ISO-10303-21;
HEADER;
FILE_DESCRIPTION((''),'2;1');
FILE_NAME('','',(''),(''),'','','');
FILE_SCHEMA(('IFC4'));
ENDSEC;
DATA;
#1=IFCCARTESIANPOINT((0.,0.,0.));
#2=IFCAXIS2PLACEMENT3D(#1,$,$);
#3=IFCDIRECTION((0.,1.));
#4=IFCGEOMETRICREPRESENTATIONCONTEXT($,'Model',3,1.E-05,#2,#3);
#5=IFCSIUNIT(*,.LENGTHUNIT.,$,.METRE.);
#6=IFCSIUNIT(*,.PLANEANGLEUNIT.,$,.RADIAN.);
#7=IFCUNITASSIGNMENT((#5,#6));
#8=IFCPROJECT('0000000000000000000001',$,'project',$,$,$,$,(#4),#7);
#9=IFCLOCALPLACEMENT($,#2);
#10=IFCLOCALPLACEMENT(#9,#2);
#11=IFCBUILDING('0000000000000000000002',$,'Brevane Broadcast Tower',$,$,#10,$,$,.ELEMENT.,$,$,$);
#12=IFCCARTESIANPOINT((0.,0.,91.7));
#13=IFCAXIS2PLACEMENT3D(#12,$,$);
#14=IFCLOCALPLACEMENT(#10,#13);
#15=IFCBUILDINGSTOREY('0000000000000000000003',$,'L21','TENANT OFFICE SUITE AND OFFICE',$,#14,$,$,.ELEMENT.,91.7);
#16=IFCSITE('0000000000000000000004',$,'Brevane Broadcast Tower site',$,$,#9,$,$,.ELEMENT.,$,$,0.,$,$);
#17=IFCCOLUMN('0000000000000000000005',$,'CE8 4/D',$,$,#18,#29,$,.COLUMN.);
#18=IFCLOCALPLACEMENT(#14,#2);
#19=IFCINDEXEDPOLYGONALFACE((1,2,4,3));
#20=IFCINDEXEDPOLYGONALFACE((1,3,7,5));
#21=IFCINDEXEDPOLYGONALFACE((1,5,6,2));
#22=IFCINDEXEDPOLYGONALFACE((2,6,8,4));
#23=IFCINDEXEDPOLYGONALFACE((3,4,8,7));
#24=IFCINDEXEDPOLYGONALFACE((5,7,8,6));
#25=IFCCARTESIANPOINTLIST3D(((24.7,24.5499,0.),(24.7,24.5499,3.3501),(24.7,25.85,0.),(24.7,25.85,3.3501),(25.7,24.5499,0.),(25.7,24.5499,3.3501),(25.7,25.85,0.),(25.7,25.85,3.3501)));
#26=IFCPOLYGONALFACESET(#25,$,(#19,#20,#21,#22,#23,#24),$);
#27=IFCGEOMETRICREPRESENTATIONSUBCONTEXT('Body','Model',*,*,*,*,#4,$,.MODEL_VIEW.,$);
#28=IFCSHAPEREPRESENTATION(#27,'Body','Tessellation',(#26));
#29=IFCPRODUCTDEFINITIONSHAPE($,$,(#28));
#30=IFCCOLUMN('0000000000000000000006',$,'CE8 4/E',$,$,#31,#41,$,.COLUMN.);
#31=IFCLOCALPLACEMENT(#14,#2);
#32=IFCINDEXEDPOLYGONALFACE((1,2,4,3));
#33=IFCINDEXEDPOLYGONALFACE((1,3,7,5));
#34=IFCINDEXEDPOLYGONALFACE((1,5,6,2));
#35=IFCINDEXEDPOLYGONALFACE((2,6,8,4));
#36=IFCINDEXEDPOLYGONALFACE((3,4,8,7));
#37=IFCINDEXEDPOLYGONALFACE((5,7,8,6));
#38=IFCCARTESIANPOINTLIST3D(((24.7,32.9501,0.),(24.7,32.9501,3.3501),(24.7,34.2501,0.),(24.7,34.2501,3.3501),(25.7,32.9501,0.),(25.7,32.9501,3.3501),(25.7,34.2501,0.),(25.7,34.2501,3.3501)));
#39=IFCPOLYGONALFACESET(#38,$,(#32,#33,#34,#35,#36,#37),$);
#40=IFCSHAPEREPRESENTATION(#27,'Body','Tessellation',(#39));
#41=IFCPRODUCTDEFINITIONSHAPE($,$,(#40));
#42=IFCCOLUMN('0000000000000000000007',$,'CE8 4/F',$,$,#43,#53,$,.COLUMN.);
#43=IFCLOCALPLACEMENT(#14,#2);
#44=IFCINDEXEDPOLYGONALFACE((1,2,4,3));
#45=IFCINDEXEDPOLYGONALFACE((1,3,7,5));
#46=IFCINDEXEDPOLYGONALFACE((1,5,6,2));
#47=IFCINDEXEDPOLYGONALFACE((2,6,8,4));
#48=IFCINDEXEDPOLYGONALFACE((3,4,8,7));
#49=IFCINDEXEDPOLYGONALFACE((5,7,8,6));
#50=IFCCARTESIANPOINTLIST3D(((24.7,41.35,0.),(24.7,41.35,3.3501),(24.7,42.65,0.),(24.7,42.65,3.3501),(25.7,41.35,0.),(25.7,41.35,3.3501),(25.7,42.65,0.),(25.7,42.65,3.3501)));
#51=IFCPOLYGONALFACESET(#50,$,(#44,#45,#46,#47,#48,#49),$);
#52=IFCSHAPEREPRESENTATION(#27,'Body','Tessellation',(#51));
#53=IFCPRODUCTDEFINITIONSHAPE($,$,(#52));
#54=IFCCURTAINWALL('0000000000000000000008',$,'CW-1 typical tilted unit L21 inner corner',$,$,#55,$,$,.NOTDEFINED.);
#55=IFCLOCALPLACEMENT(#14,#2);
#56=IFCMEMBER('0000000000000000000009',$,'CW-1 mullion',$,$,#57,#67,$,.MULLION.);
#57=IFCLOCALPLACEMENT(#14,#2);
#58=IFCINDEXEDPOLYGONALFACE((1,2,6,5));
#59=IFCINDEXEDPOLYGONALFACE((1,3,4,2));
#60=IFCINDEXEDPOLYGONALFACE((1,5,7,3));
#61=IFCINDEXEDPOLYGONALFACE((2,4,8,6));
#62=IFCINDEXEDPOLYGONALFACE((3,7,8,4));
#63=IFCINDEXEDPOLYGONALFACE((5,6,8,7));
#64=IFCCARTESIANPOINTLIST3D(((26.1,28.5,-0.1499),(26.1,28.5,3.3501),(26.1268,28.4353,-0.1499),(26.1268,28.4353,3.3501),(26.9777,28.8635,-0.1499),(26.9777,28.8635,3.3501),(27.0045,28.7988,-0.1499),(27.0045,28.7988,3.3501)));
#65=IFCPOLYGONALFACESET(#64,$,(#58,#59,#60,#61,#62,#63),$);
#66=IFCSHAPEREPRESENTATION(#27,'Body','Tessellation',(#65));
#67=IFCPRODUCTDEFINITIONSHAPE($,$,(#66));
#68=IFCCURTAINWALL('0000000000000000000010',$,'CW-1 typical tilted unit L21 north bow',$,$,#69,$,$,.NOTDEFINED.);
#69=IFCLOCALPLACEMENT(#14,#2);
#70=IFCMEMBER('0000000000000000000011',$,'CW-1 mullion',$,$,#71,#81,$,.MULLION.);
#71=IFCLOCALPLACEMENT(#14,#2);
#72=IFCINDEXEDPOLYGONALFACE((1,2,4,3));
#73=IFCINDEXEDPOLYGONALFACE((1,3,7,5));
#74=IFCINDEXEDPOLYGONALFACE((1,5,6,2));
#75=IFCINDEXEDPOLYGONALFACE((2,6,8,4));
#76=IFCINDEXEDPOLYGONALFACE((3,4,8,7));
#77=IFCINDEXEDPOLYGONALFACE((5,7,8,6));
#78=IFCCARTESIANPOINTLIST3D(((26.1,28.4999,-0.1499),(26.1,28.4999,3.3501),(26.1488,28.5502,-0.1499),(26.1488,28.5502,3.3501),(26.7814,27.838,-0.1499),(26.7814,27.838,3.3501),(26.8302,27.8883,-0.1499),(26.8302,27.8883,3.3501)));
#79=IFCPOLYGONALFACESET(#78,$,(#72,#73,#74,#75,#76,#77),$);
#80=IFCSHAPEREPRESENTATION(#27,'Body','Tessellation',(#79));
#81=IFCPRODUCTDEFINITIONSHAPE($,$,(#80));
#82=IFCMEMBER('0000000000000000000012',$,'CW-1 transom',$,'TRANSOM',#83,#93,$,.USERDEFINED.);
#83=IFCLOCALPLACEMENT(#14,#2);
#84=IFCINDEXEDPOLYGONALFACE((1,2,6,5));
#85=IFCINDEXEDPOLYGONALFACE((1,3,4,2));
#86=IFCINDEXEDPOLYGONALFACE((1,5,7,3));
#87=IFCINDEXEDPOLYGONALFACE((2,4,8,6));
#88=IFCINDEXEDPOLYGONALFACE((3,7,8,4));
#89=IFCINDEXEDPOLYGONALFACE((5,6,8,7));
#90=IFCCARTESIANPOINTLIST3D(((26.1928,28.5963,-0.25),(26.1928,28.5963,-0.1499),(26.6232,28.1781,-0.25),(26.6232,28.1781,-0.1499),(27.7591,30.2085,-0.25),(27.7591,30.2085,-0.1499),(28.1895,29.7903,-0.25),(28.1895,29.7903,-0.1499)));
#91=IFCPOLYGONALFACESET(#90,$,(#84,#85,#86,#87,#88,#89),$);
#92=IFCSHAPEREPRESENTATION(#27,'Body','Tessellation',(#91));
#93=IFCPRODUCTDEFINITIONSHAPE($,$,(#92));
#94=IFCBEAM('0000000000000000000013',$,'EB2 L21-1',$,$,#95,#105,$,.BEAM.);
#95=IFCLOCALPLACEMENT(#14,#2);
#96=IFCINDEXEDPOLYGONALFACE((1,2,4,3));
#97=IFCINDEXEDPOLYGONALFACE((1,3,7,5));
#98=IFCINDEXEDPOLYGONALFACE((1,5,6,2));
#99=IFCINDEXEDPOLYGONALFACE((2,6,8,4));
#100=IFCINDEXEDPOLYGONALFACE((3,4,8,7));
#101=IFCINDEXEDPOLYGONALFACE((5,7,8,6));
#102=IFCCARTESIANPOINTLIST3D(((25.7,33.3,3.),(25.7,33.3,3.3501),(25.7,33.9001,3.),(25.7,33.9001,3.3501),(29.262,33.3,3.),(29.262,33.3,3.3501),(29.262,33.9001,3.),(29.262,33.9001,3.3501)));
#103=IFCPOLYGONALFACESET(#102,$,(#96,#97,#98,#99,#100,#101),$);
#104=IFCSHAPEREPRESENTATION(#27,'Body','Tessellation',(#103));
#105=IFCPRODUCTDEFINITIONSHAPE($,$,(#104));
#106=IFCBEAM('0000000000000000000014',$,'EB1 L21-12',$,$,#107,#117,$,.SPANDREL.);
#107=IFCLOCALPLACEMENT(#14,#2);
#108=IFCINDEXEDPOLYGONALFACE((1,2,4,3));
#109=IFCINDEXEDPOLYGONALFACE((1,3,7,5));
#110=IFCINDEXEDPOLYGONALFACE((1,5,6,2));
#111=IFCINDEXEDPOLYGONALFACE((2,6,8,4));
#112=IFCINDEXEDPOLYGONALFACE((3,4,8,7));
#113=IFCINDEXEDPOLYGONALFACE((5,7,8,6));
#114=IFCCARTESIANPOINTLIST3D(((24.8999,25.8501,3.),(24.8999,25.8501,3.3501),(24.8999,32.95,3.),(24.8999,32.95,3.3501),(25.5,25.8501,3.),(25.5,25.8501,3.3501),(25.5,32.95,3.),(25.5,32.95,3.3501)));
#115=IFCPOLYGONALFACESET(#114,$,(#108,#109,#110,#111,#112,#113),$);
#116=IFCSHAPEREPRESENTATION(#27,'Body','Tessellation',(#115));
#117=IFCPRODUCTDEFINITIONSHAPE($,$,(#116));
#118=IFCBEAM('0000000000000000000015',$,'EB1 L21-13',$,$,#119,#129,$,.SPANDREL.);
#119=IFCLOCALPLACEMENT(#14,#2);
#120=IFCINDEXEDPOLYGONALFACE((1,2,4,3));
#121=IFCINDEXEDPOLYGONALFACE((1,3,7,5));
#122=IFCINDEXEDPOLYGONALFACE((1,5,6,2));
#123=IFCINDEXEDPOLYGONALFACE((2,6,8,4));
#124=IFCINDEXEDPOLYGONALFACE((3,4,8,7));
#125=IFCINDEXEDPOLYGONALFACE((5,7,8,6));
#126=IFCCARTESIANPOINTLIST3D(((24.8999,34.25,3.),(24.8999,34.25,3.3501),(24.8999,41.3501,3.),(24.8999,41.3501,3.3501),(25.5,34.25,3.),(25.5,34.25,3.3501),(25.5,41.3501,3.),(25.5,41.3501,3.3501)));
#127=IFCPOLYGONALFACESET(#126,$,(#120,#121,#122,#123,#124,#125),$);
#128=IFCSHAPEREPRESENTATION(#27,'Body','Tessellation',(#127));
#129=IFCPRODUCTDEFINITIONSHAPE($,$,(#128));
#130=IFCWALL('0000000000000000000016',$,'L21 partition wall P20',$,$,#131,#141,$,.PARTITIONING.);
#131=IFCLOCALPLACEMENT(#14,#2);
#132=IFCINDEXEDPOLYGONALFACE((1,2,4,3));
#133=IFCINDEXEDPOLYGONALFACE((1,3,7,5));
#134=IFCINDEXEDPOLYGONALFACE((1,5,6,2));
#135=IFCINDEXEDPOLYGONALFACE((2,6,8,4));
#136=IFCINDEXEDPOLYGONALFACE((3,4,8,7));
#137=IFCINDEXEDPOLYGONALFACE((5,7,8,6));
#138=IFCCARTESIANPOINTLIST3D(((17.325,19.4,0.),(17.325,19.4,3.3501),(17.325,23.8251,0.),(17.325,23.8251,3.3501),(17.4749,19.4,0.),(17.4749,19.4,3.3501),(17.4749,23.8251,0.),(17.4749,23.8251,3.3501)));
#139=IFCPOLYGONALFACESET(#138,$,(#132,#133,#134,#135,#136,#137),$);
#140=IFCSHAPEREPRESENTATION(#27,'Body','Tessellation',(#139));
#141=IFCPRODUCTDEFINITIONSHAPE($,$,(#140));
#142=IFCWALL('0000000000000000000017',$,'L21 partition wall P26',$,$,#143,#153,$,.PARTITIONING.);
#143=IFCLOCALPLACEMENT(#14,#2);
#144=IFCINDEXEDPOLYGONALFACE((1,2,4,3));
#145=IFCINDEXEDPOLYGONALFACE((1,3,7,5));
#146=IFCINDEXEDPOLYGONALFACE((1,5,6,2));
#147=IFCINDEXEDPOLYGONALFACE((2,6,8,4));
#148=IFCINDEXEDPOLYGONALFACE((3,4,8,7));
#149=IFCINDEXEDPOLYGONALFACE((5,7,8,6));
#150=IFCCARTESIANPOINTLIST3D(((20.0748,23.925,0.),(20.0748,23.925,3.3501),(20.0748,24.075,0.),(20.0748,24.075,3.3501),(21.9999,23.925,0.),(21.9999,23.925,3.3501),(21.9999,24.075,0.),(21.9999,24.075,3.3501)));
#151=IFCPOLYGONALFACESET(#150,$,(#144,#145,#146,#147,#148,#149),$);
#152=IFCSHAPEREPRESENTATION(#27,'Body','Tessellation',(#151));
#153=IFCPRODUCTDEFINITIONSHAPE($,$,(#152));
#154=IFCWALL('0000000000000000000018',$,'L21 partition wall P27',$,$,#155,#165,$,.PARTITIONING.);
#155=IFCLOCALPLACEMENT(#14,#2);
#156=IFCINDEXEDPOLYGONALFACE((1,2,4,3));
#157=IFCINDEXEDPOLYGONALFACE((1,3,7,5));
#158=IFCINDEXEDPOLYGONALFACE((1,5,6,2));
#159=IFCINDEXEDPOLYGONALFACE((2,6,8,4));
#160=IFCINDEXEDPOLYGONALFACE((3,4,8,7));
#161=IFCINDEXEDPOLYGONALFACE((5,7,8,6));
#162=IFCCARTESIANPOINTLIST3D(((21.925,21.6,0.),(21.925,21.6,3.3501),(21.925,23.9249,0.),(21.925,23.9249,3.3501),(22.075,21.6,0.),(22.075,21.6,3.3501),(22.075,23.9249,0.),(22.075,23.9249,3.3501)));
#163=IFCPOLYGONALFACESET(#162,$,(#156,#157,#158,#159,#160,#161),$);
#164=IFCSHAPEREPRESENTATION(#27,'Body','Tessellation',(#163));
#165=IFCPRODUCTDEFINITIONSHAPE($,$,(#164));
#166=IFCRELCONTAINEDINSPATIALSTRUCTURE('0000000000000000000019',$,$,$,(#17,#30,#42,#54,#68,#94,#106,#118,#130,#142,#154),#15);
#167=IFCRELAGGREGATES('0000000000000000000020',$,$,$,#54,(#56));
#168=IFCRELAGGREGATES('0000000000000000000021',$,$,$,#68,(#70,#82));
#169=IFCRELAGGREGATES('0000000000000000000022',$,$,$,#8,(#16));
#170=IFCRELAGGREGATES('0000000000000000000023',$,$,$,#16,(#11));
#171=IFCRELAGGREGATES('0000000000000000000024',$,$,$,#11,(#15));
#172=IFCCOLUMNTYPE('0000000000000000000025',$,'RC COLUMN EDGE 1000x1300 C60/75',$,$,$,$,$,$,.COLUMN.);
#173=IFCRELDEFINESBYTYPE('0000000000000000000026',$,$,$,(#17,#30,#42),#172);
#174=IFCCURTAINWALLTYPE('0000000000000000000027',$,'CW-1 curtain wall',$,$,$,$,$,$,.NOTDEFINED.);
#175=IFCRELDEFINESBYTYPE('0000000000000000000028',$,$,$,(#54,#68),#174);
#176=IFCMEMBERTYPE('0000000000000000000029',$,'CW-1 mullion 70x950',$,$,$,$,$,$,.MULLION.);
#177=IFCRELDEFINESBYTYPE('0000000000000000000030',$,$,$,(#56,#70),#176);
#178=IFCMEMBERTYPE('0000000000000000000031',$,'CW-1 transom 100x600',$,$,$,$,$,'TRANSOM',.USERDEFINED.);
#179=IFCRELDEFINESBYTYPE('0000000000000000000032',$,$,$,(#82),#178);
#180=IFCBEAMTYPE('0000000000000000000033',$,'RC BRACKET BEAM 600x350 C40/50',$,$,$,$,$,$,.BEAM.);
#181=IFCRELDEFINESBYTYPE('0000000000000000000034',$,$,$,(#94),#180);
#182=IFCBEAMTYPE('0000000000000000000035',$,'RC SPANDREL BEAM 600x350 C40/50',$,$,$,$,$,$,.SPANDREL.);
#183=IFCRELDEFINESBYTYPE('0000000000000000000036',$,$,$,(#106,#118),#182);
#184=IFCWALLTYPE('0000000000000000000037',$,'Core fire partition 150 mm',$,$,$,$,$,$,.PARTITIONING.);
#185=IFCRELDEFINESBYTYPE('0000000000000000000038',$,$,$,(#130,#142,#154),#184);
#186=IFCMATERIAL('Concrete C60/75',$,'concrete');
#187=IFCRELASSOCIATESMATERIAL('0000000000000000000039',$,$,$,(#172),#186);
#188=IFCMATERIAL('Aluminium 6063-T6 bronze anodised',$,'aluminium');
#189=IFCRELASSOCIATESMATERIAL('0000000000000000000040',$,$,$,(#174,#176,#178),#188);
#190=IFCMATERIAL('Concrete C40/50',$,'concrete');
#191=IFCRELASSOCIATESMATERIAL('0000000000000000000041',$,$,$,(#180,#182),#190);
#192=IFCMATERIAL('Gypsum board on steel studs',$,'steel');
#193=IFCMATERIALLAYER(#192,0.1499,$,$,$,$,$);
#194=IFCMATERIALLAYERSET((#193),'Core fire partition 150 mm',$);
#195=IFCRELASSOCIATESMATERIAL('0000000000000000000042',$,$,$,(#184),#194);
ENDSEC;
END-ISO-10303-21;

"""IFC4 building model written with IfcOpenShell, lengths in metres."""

from ifc_helpers import new_model, si_unit, direction, frame, frame_2d, origin, origin_2d, place, context, subcontext, project, spatial, rectangle, extrude, material, layer, layer_set, material_profile, profile_set, type_object, element, aggregate, save


model = new_model("IFC4")

# Units and contexts
model_context = context("Model", 3, precision=1e-05, world=origin(), true_north=direction((0.0, 1.0)))
body_context = subcontext(model_context, "Body", "Model", "MODEL_VIEW")
ifc_project = project(units=[si_unit("LENGTHUNIT", "METRE"), si_unit("PLANEANGLEUNIT", "RADIAN")], contexts=[model_context])

# Site, building, storey
site_placement = place(None, origin())
site = spatial("IfcSite", under=ifc_project, at=site_placement, Name="Brevane Broadcast Tower site", CompositionType="ELEMENT", RefElevation=0.0)
building_placement = place(site_placement, origin())
building = spatial("IfcBuilding", under=site, at=building_placement, Name="Brevane Broadcast Tower", CompositionType="ELEMENT")
storey_placement = place(building_placement, frame((0.0, 0.0, 91.7)))
storey = spatial("IfcBuildingStorey", under=building, at=storey_placement, Name="L21", Description="TENANT OFFICE SUITE AND OFFICE", CompositionType="ELEMENT", Elevation=91.7)

# Columns
ifc_material_1 = material(Name="Concrete C60/75", Category="concrete")
ifc_material_profile_1 = material_profile(ifc_material_1, rectangle(XDim=1.0, YDim=1.3, at=origin_2d()), Name="RC 1000x1300")
ifc_profile_set_1 = profile_set([ifc_material_profile_1], Name="Concrete C60/75")
column_type = type_object("IfcColumnType", Name="RC COLUMN EDGE 1000x1300 C60/75", PredefinedType="COLUMN", material=ifc_profile_set_1)
for number, where, z_axis, x_axis, name in (
    (1, (25.2, 25.2, 0.0), (0.0, 0.0, 1.0), (1.0, 0.0, 0.0), "CE8 4/D"),
    (2, (25.2, 33.6001, 0.0), (0.0, 0.0, 1.0), (1.0, 0.0, 0.0), "CE8 4/E"),
    (3, (25.2, 42.0, 0.0), (0.0, 0.0, 1.0), (1.0, 0.0, 0.0), "CE8 4/F"),
):
    element("IfcColumn", number, at=place(storey_placement, frame(where, z_axis=z_axis, x_axis=x_axis)), inside=storey, type_object=column_type, Name=name, PredefinedType="COLUMN", context=body_context, shape_type="SweptSolid", body=[
        extrude(rectangle(XDim=1.0, YDim=1.3, at=origin_2d()), origin(), (0.0, 0.0, 1.0), 3.3501),
    ])

# Curtain wall, member
ifc_material_2 = material(Name="Aluminium 6063-T6 bronze anodised", Category="aluminium")
curtain_wall_type = type_object("IfcCurtainWallType", Name="CW-1 curtain wall", PredefinedType="NOTDEFINED", material=ifc_material_2)
curtain_wall_1_placement = place(storey_placement, origin())
curtain_wall_1 = element("IfcCurtainWall", 4, at=curtain_wall_1_placement, inside=storey, type_object=curtain_wall_type, Name="CW-1 typical tilted unit L21 inner corner", PredefinedType="NOTDEFINED")
ifc_material_profile_2 = material_profile(ifc_material_2, rectangle(XDim=0.95, YDim=0.0701, at=origin_2d()), Name="RECT 70x950")
ifc_profile_set_2 = profile_set([ifc_material_profile_2], Name="Aluminium 6063-T6 bronze anodised")
member_type_1 = type_object("IfcMemberType", Name="CW-1 mullion 70x950", PredefinedType="MULLION", material=ifc_profile_set_2)
member_1_placement = place(storey_placement, frame((26.5522, 28.6494, -0.1499), z_axis=(0.0, 0.0, 1.0), x_axis=(-0.923879, -0.382684, 0.0)))
member_1 = element("IfcMember", 5, at=member_1_placement, type_object=member_type_1, Name="CW-1 mullion", PredefinedType="MULLION", context=body_context, shape_type="SweptSolid", body=[
    extrude(rectangle(XDim=0.95, YDim=0.0701, at=origin_2d()), origin(), (0.0, 0.0, 1.0), 3.5),
])
aggregate(curtain_wall_1, [member_1])

# Curtain wall, members
curtain_wall_2_placement = place(storey_placement, origin())
curtain_wall_2 = element("IfcCurtainWall", 6, at=curtain_wall_2_placement, inside=storey, type_object=curtain_wall_type, Name="CW-1 typical tilted unit L21 north bow", PredefinedType="NOTDEFINED")
member_2_placement = place(storey_placement, frame((26.4651, 28.1941, -0.1499), z_axis=(0.0, 0.0, 1.0), x_axis=(-0.717254, 0.696812, 0.0)))
member_2 = element("IfcMember", 7, at=member_2_placement, type_object=member_type_1, Name="CW-1 mullion", PredefinedType="MULLION", context=body_context, shape_type="SweptSolid", body=[
    extrude(rectangle(XDim=0.95, YDim=0.0701, at=origin_2d()), origin(), (0.0, 0.0, 1.0), 3.5),
])
ifc_material_profile_3 = material_profile(ifc_material_2, rectangle(XDim=0.6001, YDim=0.1001, at=origin_2d()), Name="RECT 100x600")
ifc_profile_set_3 = profile_set([ifc_material_profile_3], Name="Aluminium 6063-T6 bronze anodised")
member_type_2 = type_object("IfcMemberType", Name="CW-1 transom 100x600", ElementType="TRANSOM", PredefinedType="USERDEFINED", material=ifc_profile_set_3)
member_3_placement = place(storey_placement, frame((26.408, 28.3872, -0.2), z_axis=(0.696824, 0.717242, 0.0), x_axis=(-0.717242, 0.696824, 0.0)))
member_3 = element("IfcMember", 8, at=member_3_placement, type_object=member_type_2, Name="CW-1 transom", ObjectType="TRANSOM", PredefinedType="USERDEFINED", context=body_context, shape_type="SweptSolid", body=[
    extrude(rectangle(XDim=0.6001, YDim=0.1001, at=origin_2d()), origin(), (0.0, 0.0, 1.0), 2.2478),
])
aggregate(curtain_wall_2, [member_2, member_3])

# Beams
ifc_material_3 = material(Name="Concrete C40/50", Category="concrete")
ifc_material_profile_4 = material_profile(ifc_material_3, rectangle(XDim=0.6001, YDim=0.3501, at=origin_2d()), Name="RC 600x350")
ifc_profile_set_4 = profile_set([ifc_material_profile_4], Name="Concrete C40/50")
beam_type_1 = type_object("IfcBeamType", Name="RC BRACKET BEAM 600x350 C40/50", PredefinedType="BEAM", material=ifc_profile_set_4)
beam_1_placement = place(storey_placement, frame((25.7, 33.6001, 3.175), z_axis=(1.0, 0.0, 0.0), x_axis=(0.0, 1.0, 0.0)))
element("IfcBeam", 9, at=beam_1_placement, inside=storey, type_object=beam_type_1, Name="EB2 L21-1", PredefinedType="BEAM", context=body_context, shape_type="SweptSolid", body=[
    extrude(rectangle(XDim=0.6001, YDim=0.3501, at=origin_2d()), origin(), (0.0, 0.0, 1.0), 3.562),
])
ifc_material_profile_5 = material_profile(ifc_material_3, rectangle(XDim=0.6001, YDim=0.3501, at=origin_2d()), Name="RC 600x350")
ifc_profile_set_5 = profile_set([ifc_material_profile_5], Name="Concrete C40/50")
beam_type_2 = type_object("IfcBeamType", Name="RC SPANDREL BEAM 600x350 C40/50", PredefinedType="SPANDREL", material=ifc_profile_set_5)
beam_2_placement = place(storey_placement, frame((25.2, 25.8501, 3.175), z_axis=(0.0, 1.0, 0.0), x_axis=(-1.0, 0.0, 0.0)))
element("IfcBeam", 10, at=beam_2_placement, inside=storey, type_object=beam_type_2, Name="EB1 L21-12", PredefinedType="SPANDREL", context=body_context, shape_type="SweptSolid", body=[
    extrude(rectangle(XDim=0.6001, YDim=0.3501, at=origin_2d()), origin(), (0.0, 0.0, 1.0), 7.0999),
])
beam_3_placement = place(storey_placement, frame((25.2, 34.25, 3.175), z_axis=(0.0, 1.0, 0.0), x_axis=(-1.0, 0.0, 0.0)))
element("IfcBeam", 11, at=beam_3_placement, inside=storey, type_object=beam_type_2, Name="EB1 L21-13", PredefinedType="SPANDREL", context=body_context, shape_type="SweptSolid", body=[
    extrude(rectangle(XDim=0.6001, YDim=0.3501, at=origin_2d()), origin(), (0.0, 0.0, 1.0), 7.1001),
])

# Walls
ifc_material_4 = material(Name="Gypsum board on steel studs", Category="steel")
ifc_layer_1 = layer(ifc_material_4, 0.1499)
ifc_layer_set_1 = layer_set([ifc_layer_1], Name="Core fire partition 150 mm")
wall_type_1 = type_object("IfcWallType", Name="Core fire partition 150 mm", PredefinedType="PARTITIONING", material=ifc_layer_set_1)
wall_1_placement = place(storey_placement, frame((17.3999, 23.825, 0.0), z_axis=(0.0, 0.0, 1.0), x_axis=(0.0, -1.0, 0.0)))
element("IfcWall", 12, at=wall_1_placement, inside=storey, type_object=wall_type_1, Name="L21 partition wall P20", PredefinedType="PARTITIONING", context=body_context, shape_type="SweptSolid", body=[
    extrude(rectangle(XDim=4.425, YDim=0.1499, at=frame_2d((2.2124, 0.0))), origin(), (0.0, 0.0, 1.0), 3.3501),
])
wall_2_placement = place(storey_placement, frame((20.075, 24.0, 0.0), z_axis=(0.0, 0.0, 1.0), x_axis=(1.0, 0.0, 0.0)))
element("IfcWall", 13, at=wall_2_placement, inside=storey, type_object=wall_type_1, Name="L21 partition wall P26", PredefinedType="PARTITIONING", context=body_context, shape_type="SweptSolid", body=[
    extrude(rectangle(XDim=1.925, YDim=0.1499, at=frame_2d((0.9624, 0.0))), origin(), (0.0, 0.0, 1.0), 3.3501),
])
wall_3_placement = place(storey_placement, frame((22.0, 23.925, 0.0), z_axis=(0.0, 0.0, 1.0), x_axis=(0.0, -1.0, 0.0)))
element("IfcWall", 14, at=wall_3_placement, inside=storey, type_object=wall_type_1, Name="L21 partition wall P27", PredefinedType="PARTITIONING", context=body_context, shape_type="SweptSolid", body=[
    extrude(rectangle(XDim=2.325, YDim=0.1499, at=frame_2d((1.1626, 0.0))), origin(), (0.0, 0.0, 1.0), 3.3501),
])

save(model, "model.ifc")
